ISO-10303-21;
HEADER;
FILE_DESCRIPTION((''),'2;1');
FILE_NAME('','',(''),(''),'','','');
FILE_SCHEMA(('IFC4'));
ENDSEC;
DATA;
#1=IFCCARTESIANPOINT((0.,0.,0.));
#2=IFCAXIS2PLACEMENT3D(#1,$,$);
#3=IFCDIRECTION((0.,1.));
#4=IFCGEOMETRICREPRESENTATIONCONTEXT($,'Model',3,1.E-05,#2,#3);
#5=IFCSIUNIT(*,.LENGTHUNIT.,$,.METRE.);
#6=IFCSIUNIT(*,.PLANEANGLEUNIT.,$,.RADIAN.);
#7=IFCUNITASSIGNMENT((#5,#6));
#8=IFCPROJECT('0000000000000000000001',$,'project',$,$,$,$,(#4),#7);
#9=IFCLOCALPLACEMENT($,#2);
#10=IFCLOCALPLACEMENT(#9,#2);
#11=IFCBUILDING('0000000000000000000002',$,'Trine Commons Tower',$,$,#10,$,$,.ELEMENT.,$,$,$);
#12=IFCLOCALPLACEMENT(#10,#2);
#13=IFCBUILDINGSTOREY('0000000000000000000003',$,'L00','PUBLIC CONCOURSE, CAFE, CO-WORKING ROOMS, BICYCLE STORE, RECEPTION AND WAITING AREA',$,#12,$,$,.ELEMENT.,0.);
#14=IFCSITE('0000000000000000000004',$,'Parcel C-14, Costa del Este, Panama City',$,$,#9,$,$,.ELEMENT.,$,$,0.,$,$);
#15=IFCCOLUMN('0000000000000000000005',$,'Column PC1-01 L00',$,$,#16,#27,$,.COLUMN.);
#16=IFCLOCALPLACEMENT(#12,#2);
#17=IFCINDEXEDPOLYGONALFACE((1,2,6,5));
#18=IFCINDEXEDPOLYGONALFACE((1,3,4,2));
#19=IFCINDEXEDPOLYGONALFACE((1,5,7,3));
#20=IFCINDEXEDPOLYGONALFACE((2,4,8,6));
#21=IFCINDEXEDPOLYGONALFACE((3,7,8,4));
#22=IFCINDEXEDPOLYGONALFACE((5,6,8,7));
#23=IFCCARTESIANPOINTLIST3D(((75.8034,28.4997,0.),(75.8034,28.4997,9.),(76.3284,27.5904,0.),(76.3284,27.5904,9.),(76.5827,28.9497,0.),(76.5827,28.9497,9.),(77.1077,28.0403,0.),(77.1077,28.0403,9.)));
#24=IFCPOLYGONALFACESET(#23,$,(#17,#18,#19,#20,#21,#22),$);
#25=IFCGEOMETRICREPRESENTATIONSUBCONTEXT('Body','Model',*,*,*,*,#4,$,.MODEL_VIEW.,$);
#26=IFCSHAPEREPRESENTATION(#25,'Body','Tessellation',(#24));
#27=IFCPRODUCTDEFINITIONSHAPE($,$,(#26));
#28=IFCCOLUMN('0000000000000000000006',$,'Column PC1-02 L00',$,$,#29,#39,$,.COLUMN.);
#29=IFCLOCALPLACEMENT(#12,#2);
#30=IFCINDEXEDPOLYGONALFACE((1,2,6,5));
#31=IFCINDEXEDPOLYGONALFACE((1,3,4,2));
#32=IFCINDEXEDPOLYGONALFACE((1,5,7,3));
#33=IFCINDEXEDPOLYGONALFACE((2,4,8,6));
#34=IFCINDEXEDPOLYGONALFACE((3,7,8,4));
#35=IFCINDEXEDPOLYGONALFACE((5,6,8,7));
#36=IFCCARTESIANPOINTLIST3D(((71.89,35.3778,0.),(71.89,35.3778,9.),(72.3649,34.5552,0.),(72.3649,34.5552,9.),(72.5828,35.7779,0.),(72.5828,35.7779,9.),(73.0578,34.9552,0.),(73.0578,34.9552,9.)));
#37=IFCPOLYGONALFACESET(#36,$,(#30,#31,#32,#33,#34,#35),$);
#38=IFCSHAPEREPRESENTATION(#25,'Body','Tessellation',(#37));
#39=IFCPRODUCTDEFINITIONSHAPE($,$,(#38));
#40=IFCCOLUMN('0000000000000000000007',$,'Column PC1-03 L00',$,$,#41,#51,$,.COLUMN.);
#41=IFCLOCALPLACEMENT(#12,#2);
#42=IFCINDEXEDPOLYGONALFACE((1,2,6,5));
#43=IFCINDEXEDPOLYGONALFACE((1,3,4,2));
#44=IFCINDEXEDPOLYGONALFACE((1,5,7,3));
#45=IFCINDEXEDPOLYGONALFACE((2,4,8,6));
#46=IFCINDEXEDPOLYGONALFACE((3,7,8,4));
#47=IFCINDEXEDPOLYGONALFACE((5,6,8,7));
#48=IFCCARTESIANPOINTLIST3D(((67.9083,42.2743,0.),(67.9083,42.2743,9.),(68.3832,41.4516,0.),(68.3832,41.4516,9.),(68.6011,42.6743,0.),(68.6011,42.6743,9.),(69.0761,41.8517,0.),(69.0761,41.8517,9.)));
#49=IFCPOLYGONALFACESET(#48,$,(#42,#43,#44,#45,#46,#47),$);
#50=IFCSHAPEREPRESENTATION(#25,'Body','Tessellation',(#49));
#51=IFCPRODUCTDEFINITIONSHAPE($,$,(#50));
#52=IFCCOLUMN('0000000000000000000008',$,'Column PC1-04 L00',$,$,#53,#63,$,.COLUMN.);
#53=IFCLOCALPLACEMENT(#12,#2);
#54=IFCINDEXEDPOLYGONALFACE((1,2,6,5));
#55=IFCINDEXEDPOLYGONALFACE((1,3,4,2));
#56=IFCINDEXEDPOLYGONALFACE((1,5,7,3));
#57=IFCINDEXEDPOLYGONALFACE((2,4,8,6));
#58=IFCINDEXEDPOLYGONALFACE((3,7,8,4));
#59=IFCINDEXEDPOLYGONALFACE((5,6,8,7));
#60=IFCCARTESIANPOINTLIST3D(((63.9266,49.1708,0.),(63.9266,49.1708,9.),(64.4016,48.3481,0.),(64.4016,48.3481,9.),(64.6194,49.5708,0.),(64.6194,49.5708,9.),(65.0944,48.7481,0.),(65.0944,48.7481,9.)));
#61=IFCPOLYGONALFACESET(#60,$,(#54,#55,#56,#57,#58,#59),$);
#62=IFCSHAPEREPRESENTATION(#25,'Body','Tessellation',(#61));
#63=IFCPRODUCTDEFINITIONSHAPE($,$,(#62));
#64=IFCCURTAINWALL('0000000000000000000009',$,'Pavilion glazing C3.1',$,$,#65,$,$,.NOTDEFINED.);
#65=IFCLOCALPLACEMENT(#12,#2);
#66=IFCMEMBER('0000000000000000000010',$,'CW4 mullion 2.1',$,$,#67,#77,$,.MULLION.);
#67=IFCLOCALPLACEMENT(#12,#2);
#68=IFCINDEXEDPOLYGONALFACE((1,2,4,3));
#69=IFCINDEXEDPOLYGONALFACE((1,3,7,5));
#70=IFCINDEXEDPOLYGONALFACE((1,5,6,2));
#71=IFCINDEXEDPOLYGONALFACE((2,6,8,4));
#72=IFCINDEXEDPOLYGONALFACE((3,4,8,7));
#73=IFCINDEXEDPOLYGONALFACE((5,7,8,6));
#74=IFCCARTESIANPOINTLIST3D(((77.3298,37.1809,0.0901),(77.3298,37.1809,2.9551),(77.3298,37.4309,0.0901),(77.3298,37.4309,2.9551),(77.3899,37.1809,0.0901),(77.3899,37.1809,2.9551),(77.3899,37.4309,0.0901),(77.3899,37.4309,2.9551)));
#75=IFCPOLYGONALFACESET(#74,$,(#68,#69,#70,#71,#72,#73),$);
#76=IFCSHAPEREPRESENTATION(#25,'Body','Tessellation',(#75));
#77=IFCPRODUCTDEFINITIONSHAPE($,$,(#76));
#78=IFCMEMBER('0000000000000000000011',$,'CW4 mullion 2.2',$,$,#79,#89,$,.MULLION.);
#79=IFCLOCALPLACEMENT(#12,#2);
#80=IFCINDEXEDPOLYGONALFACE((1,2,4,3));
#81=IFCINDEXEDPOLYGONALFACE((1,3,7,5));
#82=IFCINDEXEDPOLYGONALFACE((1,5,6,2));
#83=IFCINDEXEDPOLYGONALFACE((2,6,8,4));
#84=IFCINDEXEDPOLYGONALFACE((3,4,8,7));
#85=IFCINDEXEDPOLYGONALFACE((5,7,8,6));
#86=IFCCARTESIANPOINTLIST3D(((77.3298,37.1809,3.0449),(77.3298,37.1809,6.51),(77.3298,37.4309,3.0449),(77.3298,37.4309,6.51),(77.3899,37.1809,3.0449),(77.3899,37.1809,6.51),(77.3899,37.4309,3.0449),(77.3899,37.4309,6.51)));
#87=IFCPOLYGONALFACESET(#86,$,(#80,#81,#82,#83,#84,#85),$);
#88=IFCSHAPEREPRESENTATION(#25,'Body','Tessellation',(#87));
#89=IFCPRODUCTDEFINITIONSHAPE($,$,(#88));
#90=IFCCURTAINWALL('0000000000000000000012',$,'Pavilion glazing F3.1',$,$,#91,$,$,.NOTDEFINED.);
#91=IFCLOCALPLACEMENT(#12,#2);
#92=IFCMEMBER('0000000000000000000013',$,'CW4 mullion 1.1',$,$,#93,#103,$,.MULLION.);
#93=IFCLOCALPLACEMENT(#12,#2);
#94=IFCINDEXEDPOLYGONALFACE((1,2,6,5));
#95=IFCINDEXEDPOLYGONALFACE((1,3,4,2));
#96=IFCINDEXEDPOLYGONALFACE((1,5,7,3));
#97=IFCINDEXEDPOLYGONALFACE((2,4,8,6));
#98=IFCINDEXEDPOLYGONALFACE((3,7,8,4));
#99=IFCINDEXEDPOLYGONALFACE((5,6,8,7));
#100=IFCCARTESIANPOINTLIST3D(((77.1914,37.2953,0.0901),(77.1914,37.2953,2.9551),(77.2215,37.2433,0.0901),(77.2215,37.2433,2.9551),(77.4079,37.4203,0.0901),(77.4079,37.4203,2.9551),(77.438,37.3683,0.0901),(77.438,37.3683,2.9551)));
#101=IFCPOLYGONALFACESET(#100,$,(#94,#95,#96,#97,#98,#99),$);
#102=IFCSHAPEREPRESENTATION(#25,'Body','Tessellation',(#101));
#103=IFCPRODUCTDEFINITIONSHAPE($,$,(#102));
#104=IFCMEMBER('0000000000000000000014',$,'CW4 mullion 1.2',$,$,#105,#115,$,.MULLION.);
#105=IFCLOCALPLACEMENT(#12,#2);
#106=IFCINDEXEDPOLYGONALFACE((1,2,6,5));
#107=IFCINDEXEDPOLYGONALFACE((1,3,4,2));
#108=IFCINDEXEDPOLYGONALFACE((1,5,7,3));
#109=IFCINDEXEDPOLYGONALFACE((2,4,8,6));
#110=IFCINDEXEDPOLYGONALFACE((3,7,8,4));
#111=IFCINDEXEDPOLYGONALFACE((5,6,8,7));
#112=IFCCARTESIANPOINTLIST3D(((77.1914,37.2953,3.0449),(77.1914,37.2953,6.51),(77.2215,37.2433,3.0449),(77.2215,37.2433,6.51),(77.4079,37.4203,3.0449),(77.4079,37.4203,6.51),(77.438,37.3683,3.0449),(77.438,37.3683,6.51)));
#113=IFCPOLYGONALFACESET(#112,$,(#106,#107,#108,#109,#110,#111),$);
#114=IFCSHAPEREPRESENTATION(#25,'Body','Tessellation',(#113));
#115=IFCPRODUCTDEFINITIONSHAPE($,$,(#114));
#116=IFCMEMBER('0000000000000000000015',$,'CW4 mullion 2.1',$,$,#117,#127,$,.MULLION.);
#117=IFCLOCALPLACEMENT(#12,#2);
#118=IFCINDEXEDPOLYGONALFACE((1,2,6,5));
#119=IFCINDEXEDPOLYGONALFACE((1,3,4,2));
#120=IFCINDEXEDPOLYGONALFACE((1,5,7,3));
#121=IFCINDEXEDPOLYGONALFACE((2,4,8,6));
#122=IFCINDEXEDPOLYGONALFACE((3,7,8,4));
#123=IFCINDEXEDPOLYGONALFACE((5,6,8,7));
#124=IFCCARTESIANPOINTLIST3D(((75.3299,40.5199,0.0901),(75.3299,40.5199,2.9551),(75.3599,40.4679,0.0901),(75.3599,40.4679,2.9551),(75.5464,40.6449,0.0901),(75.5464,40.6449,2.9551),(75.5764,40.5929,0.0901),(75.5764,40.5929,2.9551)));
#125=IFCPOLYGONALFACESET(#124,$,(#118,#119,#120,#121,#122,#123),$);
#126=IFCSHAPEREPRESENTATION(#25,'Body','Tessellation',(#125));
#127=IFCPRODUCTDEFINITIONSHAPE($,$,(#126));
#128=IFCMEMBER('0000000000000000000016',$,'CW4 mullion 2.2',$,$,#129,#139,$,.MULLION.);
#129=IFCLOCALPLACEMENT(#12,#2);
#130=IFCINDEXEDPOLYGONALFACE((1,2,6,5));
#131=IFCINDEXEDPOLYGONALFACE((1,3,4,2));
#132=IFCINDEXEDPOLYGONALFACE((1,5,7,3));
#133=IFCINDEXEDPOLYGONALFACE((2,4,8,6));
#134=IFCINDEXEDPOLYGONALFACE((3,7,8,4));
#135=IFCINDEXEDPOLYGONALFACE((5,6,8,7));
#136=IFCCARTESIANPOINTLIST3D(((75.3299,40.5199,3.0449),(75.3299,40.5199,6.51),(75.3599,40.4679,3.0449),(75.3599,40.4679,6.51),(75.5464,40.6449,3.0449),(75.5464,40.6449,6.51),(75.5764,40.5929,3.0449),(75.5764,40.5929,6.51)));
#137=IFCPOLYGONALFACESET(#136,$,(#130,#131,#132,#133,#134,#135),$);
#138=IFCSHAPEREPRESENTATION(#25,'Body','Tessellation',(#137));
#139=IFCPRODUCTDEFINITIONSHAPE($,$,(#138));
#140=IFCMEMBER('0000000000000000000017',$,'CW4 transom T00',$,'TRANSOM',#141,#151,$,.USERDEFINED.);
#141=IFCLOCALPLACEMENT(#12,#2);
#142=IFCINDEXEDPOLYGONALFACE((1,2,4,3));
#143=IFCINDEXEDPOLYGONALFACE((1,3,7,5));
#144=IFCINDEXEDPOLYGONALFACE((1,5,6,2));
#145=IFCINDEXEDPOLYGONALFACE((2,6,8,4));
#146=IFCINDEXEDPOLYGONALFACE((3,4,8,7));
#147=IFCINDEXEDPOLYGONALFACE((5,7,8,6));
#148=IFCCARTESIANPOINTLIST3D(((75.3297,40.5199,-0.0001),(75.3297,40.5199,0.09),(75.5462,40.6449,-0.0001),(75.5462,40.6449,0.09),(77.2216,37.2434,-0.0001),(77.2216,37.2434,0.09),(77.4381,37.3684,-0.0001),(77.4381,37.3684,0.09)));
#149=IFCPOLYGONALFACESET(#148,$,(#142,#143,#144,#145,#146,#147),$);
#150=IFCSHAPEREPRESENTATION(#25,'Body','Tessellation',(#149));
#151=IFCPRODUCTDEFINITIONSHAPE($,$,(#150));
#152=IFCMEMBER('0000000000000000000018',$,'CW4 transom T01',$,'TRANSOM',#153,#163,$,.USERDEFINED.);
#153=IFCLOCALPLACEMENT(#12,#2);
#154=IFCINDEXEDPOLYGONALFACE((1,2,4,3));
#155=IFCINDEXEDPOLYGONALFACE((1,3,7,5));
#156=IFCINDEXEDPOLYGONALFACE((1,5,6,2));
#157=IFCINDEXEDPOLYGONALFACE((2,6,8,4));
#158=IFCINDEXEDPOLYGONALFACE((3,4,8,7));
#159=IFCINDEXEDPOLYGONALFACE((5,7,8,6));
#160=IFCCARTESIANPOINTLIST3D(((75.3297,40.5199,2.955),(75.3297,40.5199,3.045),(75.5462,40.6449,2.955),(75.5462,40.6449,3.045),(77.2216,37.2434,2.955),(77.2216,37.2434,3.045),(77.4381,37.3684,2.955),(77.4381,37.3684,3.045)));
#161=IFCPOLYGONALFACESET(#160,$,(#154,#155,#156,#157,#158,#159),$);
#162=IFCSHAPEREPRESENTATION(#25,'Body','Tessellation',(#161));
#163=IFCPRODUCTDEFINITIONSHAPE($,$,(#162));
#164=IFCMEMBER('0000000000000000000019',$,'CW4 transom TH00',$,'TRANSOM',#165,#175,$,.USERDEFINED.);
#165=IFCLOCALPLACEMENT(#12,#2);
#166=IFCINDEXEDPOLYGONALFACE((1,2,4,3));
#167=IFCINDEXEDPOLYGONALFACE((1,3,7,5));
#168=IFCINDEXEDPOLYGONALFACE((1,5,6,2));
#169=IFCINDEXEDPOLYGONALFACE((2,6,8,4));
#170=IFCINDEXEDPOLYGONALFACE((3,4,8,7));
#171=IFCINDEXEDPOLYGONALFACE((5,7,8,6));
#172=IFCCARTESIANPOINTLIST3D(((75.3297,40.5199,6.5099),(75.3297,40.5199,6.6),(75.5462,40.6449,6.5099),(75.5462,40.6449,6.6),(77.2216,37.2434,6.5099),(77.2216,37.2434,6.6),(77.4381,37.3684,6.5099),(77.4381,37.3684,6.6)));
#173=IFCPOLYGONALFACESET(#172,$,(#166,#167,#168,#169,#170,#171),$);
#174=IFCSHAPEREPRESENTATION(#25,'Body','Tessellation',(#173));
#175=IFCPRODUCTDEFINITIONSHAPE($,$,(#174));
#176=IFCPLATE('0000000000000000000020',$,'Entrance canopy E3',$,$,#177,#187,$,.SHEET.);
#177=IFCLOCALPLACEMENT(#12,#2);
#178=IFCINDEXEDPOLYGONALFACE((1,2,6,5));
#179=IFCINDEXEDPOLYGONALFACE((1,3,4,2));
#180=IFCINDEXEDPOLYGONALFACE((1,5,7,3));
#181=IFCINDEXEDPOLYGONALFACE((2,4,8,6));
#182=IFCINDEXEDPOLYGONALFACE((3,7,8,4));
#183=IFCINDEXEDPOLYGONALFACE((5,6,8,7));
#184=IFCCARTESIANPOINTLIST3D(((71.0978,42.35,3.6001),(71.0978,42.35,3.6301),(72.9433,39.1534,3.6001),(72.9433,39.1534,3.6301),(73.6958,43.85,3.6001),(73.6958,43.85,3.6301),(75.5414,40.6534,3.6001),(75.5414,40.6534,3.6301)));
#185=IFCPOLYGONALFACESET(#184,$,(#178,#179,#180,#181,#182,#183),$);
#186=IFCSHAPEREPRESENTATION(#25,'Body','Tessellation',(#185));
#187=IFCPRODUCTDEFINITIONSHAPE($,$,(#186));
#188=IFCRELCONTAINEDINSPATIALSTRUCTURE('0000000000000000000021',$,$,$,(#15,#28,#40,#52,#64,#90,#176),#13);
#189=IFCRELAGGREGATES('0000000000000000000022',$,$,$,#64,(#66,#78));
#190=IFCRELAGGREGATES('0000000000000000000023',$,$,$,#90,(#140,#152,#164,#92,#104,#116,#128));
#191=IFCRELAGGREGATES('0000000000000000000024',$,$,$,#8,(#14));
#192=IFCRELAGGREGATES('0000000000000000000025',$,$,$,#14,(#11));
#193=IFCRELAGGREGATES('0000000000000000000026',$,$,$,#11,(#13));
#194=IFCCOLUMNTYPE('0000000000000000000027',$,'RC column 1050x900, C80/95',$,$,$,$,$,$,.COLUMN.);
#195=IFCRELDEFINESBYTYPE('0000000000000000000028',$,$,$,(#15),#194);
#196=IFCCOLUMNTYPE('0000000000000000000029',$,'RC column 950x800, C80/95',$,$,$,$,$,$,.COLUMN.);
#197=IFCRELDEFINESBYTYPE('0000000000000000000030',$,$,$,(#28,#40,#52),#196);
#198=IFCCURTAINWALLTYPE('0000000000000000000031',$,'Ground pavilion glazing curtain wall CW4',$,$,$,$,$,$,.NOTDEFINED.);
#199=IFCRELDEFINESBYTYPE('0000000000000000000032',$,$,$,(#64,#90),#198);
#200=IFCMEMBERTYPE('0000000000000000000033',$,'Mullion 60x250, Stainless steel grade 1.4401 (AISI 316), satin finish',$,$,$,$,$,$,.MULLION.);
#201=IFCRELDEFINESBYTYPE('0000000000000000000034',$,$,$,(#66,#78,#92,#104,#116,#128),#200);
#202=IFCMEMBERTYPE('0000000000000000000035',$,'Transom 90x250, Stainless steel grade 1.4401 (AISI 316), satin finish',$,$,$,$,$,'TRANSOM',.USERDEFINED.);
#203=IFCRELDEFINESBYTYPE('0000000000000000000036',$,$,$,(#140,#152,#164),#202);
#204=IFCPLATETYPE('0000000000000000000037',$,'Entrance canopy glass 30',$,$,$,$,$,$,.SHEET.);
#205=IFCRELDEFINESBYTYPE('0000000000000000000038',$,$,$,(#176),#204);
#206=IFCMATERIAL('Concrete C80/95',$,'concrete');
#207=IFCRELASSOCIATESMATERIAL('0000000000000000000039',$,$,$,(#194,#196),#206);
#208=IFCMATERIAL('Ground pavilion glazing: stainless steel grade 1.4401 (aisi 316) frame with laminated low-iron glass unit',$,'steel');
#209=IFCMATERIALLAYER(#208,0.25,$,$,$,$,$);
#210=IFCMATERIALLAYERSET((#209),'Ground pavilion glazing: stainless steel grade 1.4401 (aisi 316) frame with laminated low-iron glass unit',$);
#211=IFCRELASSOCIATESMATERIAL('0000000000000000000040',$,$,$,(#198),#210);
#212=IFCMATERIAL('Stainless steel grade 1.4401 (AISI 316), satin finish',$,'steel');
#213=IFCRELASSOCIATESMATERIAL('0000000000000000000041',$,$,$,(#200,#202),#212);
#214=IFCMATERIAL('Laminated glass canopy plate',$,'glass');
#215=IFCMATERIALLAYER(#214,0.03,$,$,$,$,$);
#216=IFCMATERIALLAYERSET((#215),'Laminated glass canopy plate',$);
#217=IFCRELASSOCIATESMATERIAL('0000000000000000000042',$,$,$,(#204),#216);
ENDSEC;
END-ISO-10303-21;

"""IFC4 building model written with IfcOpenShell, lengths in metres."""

from ifc_helpers import new_model, si_unit, direction, frame, origin, origin_2d, place, context, subcontext, project, spatial, rectangle, extrude, material, layer, layer_set, material_profile, profile_set, type_object, element, aggregate, save


model = new_model("IFC4")

# Units and contexts
model_context = context("Model", 3, precision=1e-05, world=origin(), true_north=direction((0.0, 1.0)))
body_context = subcontext(model_context, "Body", "Model", "MODEL_VIEW")
ifc_project = project(units=[si_unit("LENGTHUNIT", "METRE"), si_unit("PLANEANGLEUNIT", "RADIAN")], contexts=[model_context])

# Site, building, storey
site_placement = place(None, origin())
site = spatial("IfcSite", under=ifc_project, at=site_placement, Name="Parcel C-14, Costa del Este, Panama City", CompositionType="ELEMENT", RefElevation=0.0)
building_placement = place(site_placement, origin())
building = spatial("IfcBuilding", under=site, at=building_placement, Name="Trine Commons Tower", CompositionType="ELEMENT")
storey_placement = place(building_placement, origin())
storey = spatial("IfcBuildingStorey", under=building, at=storey_placement, Name="L00", Description="PUBLIC CONCOURSE, CAFE, CO-WORKING ROOMS, BICYCLE STORE, RECEPTION AND WAITING AREA", CompositionType="ELEMENT", Elevation=0.0)

# Columns
ifc_material_1 = material(Name="Concrete C80/95", Category="concrete")
ifc_material_profile_1 = material_profile(ifc_material_1, rectangle(XDim=1.05, YDim=0.8999, at=origin_2d()), Name="RC 1050x900")
ifc_profile_set_1 = profile_set([ifc_material_profile_1], Name="Concrete C80/95")
column_type_1 = type_object("IfcColumnType", Name="RC column 1050x900, C80/95", PredefinedType="COLUMN", material=ifc_profile_set_1)
column_placement = place(storey_placement, frame((76.4556, 28.27, 0.0), z_axis=(0.0, 0.0, 1.0), x_axis=(-0.5, 0.866025, 0.0)))
element("IfcColumn", 1, at=column_placement, inside=storey, type_object=column_type_1, Name="Column PC1-01 L00", PredefinedType="COLUMN", context=body_context, shape_type="SweptSolid", body=[
    extrude(rectangle(XDim=1.05, YDim=0.8999, at=origin_2d()), origin(), (0.0, 0.0, 1.0), 9.0),
])
ifc_material_profile_2 = material_profile(ifc_material_1, rectangle(XDim=0.95, YDim=0.8, at=origin_2d()), Name="RC 950x800")
ifc_profile_set_2 = profile_set([ifc_material_profile_2], Name="Concrete C80/95")
column_type_2 = type_object("IfcColumnType", Name="RC column 950x800, C80/95", PredefinedType="COLUMN", material=ifc_profile_set_2)
for number, where, z_axis, x_axis, name in (
    (2, (72.4739, 35.1665, 0.0), (0.0, 0.0, 1.0), (-0.5, 0.866025, 0.0), "Column PC1-02 L00"),
    (3, (68.4922, 42.063, 0.0), (0.0, 0.0, 1.0), (-0.5, 0.866025, 0.0), "Column PC1-03 L00"),
    (4, (64.5105, 48.9595, 0.0), (0.0, 0.0, 1.0), (-0.5, 0.866025, 0.0), "Column PC1-04 L00"),
):
    element("IfcColumn", number, at=place(storey_placement, frame(where, z_axis=z_axis, x_axis=x_axis)), inside=storey, type_object=column_type_2, Name=name, PredefinedType="COLUMN", context=body_context, shape_type="SweptSolid", body=[
        extrude(rectangle(XDim=0.95, YDim=0.8, at=origin_2d()), origin(), (0.0, 0.0, 1.0), 9.0),
    ])

# Curtain walls, members
ifc_material_2 = material(Name="Ground pavilion glazing: stainless steel grade 1.4401 (aisi 316) frame with laminated low-iron glass unit", Category="steel")
ifc_layer_1 = layer(ifc_material_2, 0.25)
ifc_layer_set_1 = layer_set([ifc_layer_1], Name="Ground pavilion glazing: stainless steel grade 1.4401 (aisi 316) frame with laminated low-iron glass unit")
curtain_wall_type = type_object("IfcCurtainWallType", Name="Ground pavilion glazing curtain wall CW4", PredefinedType="NOTDEFINED", material=ifc_layer_set_1)
curtain_wall_1_placement = place(storey_placement, origin())
curtain_wall_1 = element("IfcCurtainWall", 5, at=curtain_wall_1_placement, inside=storey, type_object=curtain_wall_type, Name="Pavilion glazing C3.1", PredefinedType="NOTDEFINED")
ifc_material_3 = material(Name="Stainless steel grade 1.4401 (AISI 316), satin finish", Category="steel")
ifc_material_profile_3 = material_profile(ifc_material_3, rectangle(XDim=0.25, YDim=0.0601, at=origin_2d()), Name="Mullion 60x250")
ifc_profile_set_3 = profile_set([ifc_material_profile_3], Name="Stainless steel grade 1.4401 (AISI 316), satin finish")
member_type_1 = type_object("IfcMemberType", Name="Mullion 60x250, Stainless steel grade 1.4401 (AISI 316), satin finish", PredefinedType="MULLION", material=ifc_profile_set_3)
member_1_placement = place(storey_placement, frame((77.3599, 37.3059, 0.0901), z_axis=(0.0, 0.0, 1.0), x_axis=(0.0, -1.0, 0.0)))
member_1 = element("IfcMember", 6, at=member_1_placement, type_object=member_type_1, Name="CW4 mullion 2.1", PredefinedType="MULLION", context=body_context, shape_type="SweptSolid", body=[
    extrude(rectangle(XDim=0.25, YDim=0.0601, at=origin_2d()), origin(), (0.0, 0.0, 1.0), 2.865),
])
member_2_placement = place(storey_placement, frame((77.3599, 37.3059, 3.0449), z_axis=(0.0, 0.0, 1.0), x_axis=(0.0, -1.0, 0.0)))
member_2 = element("IfcMember", 7, at=member_2_placement, type_object=member_type_1, Name="CW4 mullion 2.2", PredefinedType="MULLION", context=body_context, shape_type="SweptSolid", body=[
    extrude(rectangle(XDim=0.25, YDim=0.0601, at=origin_2d()), origin(), (0.0, 0.0, 1.0), 3.4651),
])
aggregate(curtain_wall_1, [member_1, member_2])
curtain_wall_2_placement = place(storey_placement, origin())
curtain_wall_2 = element("IfcCurtainWall", 8, at=curtain_wall_2_placement, inside=storey, type_object=curtain_wall_type, Name="Pavilion glazing F3.1", PredefinedType="NOTDEFINED")
member_3_placement = place(storey_placement, frame((77.3147, 37.3318, 0.0901), z_axis=(0.0, 0.0, 1.0), x_axis=(-0.866025, -0.5, 0.0)))
member_3 = element("IfcMember", 9, at=member_3_placement, type_object=member_type_1, Name="CW4 mullion 1.1", PredefinedType="MULLION", context=body_context, shape_type="SweptSolid", body=[
    extrude(rectangle(XDim=0.25, YDim=0.0601, at=origin_2d()), origin(), (0.0, 0.0, 1.0), 2.865),
])
member_4_placement = place(storey_placement, frame((77.3147, 37.3318, 3.0449), z_axis=(0.0, 0.0, 1.0), x_axis=(-0.866025, -0.5, 0.0)))
member_4 = element("IfcMember", 10, at=member_4_placement, type_object=member_type_1, Name="CW4 mullion 1.2", PredefinedType="MULLION", context=body_context, shape_type="SweptSolid", body=[
    extrude(rectangle(XDim=0.25, YDim=0.0601, at=origin_2d()), origin(), (0.0, 0.0, 1.0), 3.4651),
])
member_5_placement = place(storey_placement, frame((75.4531, 40.5564, 0.0901), z_axis=(0.0, 0.0, 1.0), x_axis=(-0.866025, -0.5, 0.0)))
member_5 = element("IfcMember", 11, at=member_5_placement, type_object=member_type_1, Name="CW4 mullion 2.1", PredefinedType="MULLION", context=body_context, shape_type="SweptSolid", body=[
    extrude(rectangle(XDim=0.25, YDim=0.0601, at=origin_2d()), origin(), (0.0, 0.0, 1.0), 2.865),
])
member_6_placement = place(storey_placement, frame((75.4531, 40.5564, 3.0449), z_axis=(0.0, 0.0, 1.0), x_axis=(-0.866025, -0.5, 0.0)))
member_6 = element("IfcMember", 12, at=member_6_placement, type_object=member_type_1, Name="CW4 mullion 2.2", PredefinedType="MULLION", context=body_context, shape_type="SweptSolid", body=[
    extrude(rectangle(XDim=0.25, YDim=0.0601, at=origin_2d()), origin(), (0.0, 0.0, 1.0), 3.4651),
])
ifc_material_profile_4 = material_profile(ifc_material_3, rectangle(XDim=0.25, YDim=0.0901, at=origin_2d()), Name="Transom 90x250")
ifc_profile_set_4 = profile_set([ifc_material_profile_4], Name="Stainless steel grade 1.4401 (AISI 316), satin finish")
member_type_2 = type_object("IfcMemberType", Name="Transom 90x250, Stainless steel grade 1.4401 (AISI 316), satin finish", ElementType="TRANSOM", PredefinedType="USERDEFINED", material=ifc_profile_set_4)
member_7_placement = place(storey_placement, frame((77.3298, 37.3059, 0.0449), z_axis=(-0.500046, 0.865999, 0.0), x_axis=(-0.865999, -0.500046, 0.0)))
member_7 = element("IfcMember", 13, at=member_7_placement, type_object=member_type_2, Name="CW4 transom T00", ObjectType="TRANSOM", PredefinedType="USERDEFINED", context=body_context, shape_type="SweptSolid", body=[
    extrude(rectangle(XDim=0.25, YDim=0.0901, at=origin_2d()), origin(), (0.0, 0.0, 1.0), 3.7834),
])
member_8_placement = place(storey_placement, frame((77.3298, 37.3059, 3.0), z_axis=(-0.500046, 0.865999, 0.0), x_axis=(-0.865999, -0.500046, 0.0)))
member_8 = element("IfcMember", 14, at=member_8_placement, type_object=member_type_2, Name="CW4 transom T01", ObjectType="TRANSOM", PredefinedType="USERDEFINED", context=body_context, shape_type="SweptSolid", body=[
    extrude(rectangle(XDim=0.25, YDim=0.0901, at=origin_2d()), origin(), (0.0, 0.0, 1.0), 3.7834),
])
member_9_placement = place(storey_placement, frame((77.3298, 37.3059, 6.5549), z_axis=(-0.500046, 0.865999, 0.0), x_axis=(-0.865999, -0.500046, 0.0)))
member_9 = element("IfcMember", 15, at=member_9_placement, type_object=member_type_2, Name="CW4 transom TH00", ObjectType="TRANSOM", PredefinedType="USERDEFINED", context=body_context, shape_type="SweptSolid", body=[
    extrude(rectangle(XDim=0.25, YDim=0.0901, at=origin_2d()), origin(), (0.0, 0.0, 1.0), 3.7834),
])

# Plate
ifc_material_4 = material(Name="Laminated glass canopy plate", Category="glass")
ifc_layer_2 = layer(ifc_material_4, 0.03)
ifc_layer_set_2 = layer_set([ifc_layer_2], Name="Laminated glass canopy plate")
plate_type_1 = type_object("IfcPlateType", Name="Entrance canopy glass 30", PredefinedType="SHEET", material=ifc_layer_set_2)
plate_1_placement = place(storey_placement, frame((73.3196, 41.5017, 3.6001), z_axis=(0.0, 0.0, 1.0), x_axis=(-0.5, 0.866025, 0.0)))
element("IfcPlate", 16, at=plate_1_placement, inside=storey, type_object=plate_type_1, Name="Entrance canopy E3", PredefinedType="SHEET", context=body_context, shape_type="SweptSolid", body=[
    extrude(rectangle(XDim=3.6912, YDim=3.0, at=origin_2d()), origin(), (0.0, 0.0, 1.0), 0.03),
])
aggregate(curtain_wall_2, [member_7, member_8, member_9, member_3, member_4, member_5, member_6])

save(model, "model.ifc")
